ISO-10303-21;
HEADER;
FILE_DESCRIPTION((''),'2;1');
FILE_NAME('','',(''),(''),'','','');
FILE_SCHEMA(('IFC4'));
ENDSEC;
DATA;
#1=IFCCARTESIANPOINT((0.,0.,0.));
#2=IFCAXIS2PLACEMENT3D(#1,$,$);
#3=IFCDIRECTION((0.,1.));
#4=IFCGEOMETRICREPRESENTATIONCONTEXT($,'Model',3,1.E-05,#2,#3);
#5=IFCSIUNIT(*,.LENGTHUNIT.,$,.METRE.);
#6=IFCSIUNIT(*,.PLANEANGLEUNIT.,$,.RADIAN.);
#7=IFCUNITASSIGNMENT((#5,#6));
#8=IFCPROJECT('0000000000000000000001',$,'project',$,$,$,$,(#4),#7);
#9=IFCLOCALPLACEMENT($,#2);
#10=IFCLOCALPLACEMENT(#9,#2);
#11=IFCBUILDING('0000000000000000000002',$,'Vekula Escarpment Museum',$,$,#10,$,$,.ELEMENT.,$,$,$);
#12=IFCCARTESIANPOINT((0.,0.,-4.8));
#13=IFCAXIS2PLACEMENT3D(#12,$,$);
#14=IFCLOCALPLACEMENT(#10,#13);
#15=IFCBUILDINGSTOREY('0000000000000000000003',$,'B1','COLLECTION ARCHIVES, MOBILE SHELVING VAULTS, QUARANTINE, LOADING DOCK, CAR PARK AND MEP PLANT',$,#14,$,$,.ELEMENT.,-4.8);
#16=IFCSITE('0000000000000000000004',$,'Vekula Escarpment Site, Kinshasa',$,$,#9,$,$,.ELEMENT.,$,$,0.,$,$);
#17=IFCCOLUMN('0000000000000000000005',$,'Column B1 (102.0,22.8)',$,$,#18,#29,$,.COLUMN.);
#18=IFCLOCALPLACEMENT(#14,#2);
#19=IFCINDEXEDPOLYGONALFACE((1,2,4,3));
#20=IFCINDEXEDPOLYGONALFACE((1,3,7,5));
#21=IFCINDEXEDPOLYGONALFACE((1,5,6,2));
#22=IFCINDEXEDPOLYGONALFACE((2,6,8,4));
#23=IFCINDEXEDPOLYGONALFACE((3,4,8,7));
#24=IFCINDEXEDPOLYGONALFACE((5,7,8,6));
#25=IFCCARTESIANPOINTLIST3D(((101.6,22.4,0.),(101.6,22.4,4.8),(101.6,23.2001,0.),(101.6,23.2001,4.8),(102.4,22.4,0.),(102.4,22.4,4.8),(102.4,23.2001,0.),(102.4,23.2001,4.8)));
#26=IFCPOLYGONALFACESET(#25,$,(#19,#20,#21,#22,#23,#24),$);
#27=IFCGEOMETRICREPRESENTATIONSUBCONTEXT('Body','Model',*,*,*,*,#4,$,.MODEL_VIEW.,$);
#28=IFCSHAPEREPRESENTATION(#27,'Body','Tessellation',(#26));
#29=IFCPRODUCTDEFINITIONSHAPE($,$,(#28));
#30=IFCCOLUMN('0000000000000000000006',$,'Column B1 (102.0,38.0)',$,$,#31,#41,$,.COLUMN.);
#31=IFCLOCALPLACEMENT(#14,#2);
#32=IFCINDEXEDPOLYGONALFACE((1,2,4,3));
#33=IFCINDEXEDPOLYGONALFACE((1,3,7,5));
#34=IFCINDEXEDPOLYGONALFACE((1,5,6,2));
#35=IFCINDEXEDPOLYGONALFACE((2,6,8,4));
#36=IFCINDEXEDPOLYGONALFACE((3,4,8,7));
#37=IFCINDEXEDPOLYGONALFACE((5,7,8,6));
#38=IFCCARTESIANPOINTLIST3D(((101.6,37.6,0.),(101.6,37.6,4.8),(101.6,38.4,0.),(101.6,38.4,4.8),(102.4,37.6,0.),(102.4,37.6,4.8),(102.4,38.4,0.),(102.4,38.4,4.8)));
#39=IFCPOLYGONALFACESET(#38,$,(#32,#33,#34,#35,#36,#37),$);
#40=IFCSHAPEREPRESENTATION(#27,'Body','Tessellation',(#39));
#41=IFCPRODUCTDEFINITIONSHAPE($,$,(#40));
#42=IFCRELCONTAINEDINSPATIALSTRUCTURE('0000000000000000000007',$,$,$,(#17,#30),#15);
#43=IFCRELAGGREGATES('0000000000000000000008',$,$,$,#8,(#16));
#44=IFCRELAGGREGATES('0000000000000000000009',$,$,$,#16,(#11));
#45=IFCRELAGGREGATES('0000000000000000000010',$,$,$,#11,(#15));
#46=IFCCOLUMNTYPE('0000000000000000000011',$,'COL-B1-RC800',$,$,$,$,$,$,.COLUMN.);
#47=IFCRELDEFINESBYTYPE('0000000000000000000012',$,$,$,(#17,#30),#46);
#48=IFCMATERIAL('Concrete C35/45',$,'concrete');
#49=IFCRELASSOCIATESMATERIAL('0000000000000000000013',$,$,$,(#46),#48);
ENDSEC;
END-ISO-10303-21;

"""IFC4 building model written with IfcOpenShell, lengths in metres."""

from ifc_helpers import new_model, si_unit, direction, frame, origin, origin_2d, place, context, subcontext, project, spatial, rectangle, extrude, material, material_profile, profile_set, type_object, element, save


model = new_model("IFC4")

# Units and contexts
model_context = context("Model", 3, precision=1e-05, world=origin(), true_north=direction((0.0, 1.0)))
body_context = subcontext(model_context, "Body", "Model", "MODEL_VIEW")
ifc_project = project(units=[si_unit("LENGTHUNIT", "METRE"), si_unit("PLANEANGLEUNIT", "RADIAN")], contexts=[model_context])

# Site, building, storey
site_placement = place(None, origin())
site = spatial("IfcSite", under=ifc_project, at=site_placement, Name="Vekula Escarpment Site, Kinshasa", CompositionType="ELEMENT", RefElevation=0.0)
building_placement = place(site_placement, origin())
building = spatial("IfcBuilding", under=site, at=building_placement, Name="Vekula Escarpment Museum", CompositionType="ELEMENT")
storey_placement = place(building_placement, frame((0.0, 0.0, -4.8)))
storey = spatial("IfcBuildingStorey", under=building, at=storey_placement, Name="B1", Description="COLLECTION ARCHIVES, MOBILE SHELVING VAULTS, QUARANTINE, LOADING DOCK, CAR PARK AND MEP PLANT", CompositionType="ELEMENT", Elevation=-4.8)

# Columns
ifc_material_1 = material(Name="Concrete C35/45", Category="concrete")
ifc_material_profile_1 = material_profile(ifc_material_1, rectangle(XDim=0.8, YDim=0.8, at=origin_2d()), Name="RC 800x800")
ifc_profile_set_1 = profile_set([ifc_material_profile_1], Name="Concrete C35/45")
column_type_1 = type_object("IfcColumnType", Name="COL-B1-RC800", PredefinedType="COLUMN", material=ifc_profile_set_1)
for number, where, z_axis, x_axis, name in (
    (1, (102.0, 22.8, 0.0), (0.0, 0.0, 1.0), (1.0, 0.0, 0.0), "Column B1 (102.0,22.8)"),
    (2, (102.0, 38.0, 0.0), (0.0, 0.0, 1.0), (1.0, 0.0, 0.0), "Column B1 (102.0,38.0)"),
):
    element("IfcColumn", number, at=place(storey_placement, frame(where, z_axis=z_axis, x_axis=x_axis)), inside=storey, type_object=column_type_1, Name=name, PredefinedType="COLUMN", context=body_context, shape_type="SweptSolid", body=[
        extrude(rectangle(XDim=0.8, YDim=0.8, at=origin_2d()), origin(), (0.0, 0.0, 1.0), 4.8),
    ])

save(model, "model.ifc")
